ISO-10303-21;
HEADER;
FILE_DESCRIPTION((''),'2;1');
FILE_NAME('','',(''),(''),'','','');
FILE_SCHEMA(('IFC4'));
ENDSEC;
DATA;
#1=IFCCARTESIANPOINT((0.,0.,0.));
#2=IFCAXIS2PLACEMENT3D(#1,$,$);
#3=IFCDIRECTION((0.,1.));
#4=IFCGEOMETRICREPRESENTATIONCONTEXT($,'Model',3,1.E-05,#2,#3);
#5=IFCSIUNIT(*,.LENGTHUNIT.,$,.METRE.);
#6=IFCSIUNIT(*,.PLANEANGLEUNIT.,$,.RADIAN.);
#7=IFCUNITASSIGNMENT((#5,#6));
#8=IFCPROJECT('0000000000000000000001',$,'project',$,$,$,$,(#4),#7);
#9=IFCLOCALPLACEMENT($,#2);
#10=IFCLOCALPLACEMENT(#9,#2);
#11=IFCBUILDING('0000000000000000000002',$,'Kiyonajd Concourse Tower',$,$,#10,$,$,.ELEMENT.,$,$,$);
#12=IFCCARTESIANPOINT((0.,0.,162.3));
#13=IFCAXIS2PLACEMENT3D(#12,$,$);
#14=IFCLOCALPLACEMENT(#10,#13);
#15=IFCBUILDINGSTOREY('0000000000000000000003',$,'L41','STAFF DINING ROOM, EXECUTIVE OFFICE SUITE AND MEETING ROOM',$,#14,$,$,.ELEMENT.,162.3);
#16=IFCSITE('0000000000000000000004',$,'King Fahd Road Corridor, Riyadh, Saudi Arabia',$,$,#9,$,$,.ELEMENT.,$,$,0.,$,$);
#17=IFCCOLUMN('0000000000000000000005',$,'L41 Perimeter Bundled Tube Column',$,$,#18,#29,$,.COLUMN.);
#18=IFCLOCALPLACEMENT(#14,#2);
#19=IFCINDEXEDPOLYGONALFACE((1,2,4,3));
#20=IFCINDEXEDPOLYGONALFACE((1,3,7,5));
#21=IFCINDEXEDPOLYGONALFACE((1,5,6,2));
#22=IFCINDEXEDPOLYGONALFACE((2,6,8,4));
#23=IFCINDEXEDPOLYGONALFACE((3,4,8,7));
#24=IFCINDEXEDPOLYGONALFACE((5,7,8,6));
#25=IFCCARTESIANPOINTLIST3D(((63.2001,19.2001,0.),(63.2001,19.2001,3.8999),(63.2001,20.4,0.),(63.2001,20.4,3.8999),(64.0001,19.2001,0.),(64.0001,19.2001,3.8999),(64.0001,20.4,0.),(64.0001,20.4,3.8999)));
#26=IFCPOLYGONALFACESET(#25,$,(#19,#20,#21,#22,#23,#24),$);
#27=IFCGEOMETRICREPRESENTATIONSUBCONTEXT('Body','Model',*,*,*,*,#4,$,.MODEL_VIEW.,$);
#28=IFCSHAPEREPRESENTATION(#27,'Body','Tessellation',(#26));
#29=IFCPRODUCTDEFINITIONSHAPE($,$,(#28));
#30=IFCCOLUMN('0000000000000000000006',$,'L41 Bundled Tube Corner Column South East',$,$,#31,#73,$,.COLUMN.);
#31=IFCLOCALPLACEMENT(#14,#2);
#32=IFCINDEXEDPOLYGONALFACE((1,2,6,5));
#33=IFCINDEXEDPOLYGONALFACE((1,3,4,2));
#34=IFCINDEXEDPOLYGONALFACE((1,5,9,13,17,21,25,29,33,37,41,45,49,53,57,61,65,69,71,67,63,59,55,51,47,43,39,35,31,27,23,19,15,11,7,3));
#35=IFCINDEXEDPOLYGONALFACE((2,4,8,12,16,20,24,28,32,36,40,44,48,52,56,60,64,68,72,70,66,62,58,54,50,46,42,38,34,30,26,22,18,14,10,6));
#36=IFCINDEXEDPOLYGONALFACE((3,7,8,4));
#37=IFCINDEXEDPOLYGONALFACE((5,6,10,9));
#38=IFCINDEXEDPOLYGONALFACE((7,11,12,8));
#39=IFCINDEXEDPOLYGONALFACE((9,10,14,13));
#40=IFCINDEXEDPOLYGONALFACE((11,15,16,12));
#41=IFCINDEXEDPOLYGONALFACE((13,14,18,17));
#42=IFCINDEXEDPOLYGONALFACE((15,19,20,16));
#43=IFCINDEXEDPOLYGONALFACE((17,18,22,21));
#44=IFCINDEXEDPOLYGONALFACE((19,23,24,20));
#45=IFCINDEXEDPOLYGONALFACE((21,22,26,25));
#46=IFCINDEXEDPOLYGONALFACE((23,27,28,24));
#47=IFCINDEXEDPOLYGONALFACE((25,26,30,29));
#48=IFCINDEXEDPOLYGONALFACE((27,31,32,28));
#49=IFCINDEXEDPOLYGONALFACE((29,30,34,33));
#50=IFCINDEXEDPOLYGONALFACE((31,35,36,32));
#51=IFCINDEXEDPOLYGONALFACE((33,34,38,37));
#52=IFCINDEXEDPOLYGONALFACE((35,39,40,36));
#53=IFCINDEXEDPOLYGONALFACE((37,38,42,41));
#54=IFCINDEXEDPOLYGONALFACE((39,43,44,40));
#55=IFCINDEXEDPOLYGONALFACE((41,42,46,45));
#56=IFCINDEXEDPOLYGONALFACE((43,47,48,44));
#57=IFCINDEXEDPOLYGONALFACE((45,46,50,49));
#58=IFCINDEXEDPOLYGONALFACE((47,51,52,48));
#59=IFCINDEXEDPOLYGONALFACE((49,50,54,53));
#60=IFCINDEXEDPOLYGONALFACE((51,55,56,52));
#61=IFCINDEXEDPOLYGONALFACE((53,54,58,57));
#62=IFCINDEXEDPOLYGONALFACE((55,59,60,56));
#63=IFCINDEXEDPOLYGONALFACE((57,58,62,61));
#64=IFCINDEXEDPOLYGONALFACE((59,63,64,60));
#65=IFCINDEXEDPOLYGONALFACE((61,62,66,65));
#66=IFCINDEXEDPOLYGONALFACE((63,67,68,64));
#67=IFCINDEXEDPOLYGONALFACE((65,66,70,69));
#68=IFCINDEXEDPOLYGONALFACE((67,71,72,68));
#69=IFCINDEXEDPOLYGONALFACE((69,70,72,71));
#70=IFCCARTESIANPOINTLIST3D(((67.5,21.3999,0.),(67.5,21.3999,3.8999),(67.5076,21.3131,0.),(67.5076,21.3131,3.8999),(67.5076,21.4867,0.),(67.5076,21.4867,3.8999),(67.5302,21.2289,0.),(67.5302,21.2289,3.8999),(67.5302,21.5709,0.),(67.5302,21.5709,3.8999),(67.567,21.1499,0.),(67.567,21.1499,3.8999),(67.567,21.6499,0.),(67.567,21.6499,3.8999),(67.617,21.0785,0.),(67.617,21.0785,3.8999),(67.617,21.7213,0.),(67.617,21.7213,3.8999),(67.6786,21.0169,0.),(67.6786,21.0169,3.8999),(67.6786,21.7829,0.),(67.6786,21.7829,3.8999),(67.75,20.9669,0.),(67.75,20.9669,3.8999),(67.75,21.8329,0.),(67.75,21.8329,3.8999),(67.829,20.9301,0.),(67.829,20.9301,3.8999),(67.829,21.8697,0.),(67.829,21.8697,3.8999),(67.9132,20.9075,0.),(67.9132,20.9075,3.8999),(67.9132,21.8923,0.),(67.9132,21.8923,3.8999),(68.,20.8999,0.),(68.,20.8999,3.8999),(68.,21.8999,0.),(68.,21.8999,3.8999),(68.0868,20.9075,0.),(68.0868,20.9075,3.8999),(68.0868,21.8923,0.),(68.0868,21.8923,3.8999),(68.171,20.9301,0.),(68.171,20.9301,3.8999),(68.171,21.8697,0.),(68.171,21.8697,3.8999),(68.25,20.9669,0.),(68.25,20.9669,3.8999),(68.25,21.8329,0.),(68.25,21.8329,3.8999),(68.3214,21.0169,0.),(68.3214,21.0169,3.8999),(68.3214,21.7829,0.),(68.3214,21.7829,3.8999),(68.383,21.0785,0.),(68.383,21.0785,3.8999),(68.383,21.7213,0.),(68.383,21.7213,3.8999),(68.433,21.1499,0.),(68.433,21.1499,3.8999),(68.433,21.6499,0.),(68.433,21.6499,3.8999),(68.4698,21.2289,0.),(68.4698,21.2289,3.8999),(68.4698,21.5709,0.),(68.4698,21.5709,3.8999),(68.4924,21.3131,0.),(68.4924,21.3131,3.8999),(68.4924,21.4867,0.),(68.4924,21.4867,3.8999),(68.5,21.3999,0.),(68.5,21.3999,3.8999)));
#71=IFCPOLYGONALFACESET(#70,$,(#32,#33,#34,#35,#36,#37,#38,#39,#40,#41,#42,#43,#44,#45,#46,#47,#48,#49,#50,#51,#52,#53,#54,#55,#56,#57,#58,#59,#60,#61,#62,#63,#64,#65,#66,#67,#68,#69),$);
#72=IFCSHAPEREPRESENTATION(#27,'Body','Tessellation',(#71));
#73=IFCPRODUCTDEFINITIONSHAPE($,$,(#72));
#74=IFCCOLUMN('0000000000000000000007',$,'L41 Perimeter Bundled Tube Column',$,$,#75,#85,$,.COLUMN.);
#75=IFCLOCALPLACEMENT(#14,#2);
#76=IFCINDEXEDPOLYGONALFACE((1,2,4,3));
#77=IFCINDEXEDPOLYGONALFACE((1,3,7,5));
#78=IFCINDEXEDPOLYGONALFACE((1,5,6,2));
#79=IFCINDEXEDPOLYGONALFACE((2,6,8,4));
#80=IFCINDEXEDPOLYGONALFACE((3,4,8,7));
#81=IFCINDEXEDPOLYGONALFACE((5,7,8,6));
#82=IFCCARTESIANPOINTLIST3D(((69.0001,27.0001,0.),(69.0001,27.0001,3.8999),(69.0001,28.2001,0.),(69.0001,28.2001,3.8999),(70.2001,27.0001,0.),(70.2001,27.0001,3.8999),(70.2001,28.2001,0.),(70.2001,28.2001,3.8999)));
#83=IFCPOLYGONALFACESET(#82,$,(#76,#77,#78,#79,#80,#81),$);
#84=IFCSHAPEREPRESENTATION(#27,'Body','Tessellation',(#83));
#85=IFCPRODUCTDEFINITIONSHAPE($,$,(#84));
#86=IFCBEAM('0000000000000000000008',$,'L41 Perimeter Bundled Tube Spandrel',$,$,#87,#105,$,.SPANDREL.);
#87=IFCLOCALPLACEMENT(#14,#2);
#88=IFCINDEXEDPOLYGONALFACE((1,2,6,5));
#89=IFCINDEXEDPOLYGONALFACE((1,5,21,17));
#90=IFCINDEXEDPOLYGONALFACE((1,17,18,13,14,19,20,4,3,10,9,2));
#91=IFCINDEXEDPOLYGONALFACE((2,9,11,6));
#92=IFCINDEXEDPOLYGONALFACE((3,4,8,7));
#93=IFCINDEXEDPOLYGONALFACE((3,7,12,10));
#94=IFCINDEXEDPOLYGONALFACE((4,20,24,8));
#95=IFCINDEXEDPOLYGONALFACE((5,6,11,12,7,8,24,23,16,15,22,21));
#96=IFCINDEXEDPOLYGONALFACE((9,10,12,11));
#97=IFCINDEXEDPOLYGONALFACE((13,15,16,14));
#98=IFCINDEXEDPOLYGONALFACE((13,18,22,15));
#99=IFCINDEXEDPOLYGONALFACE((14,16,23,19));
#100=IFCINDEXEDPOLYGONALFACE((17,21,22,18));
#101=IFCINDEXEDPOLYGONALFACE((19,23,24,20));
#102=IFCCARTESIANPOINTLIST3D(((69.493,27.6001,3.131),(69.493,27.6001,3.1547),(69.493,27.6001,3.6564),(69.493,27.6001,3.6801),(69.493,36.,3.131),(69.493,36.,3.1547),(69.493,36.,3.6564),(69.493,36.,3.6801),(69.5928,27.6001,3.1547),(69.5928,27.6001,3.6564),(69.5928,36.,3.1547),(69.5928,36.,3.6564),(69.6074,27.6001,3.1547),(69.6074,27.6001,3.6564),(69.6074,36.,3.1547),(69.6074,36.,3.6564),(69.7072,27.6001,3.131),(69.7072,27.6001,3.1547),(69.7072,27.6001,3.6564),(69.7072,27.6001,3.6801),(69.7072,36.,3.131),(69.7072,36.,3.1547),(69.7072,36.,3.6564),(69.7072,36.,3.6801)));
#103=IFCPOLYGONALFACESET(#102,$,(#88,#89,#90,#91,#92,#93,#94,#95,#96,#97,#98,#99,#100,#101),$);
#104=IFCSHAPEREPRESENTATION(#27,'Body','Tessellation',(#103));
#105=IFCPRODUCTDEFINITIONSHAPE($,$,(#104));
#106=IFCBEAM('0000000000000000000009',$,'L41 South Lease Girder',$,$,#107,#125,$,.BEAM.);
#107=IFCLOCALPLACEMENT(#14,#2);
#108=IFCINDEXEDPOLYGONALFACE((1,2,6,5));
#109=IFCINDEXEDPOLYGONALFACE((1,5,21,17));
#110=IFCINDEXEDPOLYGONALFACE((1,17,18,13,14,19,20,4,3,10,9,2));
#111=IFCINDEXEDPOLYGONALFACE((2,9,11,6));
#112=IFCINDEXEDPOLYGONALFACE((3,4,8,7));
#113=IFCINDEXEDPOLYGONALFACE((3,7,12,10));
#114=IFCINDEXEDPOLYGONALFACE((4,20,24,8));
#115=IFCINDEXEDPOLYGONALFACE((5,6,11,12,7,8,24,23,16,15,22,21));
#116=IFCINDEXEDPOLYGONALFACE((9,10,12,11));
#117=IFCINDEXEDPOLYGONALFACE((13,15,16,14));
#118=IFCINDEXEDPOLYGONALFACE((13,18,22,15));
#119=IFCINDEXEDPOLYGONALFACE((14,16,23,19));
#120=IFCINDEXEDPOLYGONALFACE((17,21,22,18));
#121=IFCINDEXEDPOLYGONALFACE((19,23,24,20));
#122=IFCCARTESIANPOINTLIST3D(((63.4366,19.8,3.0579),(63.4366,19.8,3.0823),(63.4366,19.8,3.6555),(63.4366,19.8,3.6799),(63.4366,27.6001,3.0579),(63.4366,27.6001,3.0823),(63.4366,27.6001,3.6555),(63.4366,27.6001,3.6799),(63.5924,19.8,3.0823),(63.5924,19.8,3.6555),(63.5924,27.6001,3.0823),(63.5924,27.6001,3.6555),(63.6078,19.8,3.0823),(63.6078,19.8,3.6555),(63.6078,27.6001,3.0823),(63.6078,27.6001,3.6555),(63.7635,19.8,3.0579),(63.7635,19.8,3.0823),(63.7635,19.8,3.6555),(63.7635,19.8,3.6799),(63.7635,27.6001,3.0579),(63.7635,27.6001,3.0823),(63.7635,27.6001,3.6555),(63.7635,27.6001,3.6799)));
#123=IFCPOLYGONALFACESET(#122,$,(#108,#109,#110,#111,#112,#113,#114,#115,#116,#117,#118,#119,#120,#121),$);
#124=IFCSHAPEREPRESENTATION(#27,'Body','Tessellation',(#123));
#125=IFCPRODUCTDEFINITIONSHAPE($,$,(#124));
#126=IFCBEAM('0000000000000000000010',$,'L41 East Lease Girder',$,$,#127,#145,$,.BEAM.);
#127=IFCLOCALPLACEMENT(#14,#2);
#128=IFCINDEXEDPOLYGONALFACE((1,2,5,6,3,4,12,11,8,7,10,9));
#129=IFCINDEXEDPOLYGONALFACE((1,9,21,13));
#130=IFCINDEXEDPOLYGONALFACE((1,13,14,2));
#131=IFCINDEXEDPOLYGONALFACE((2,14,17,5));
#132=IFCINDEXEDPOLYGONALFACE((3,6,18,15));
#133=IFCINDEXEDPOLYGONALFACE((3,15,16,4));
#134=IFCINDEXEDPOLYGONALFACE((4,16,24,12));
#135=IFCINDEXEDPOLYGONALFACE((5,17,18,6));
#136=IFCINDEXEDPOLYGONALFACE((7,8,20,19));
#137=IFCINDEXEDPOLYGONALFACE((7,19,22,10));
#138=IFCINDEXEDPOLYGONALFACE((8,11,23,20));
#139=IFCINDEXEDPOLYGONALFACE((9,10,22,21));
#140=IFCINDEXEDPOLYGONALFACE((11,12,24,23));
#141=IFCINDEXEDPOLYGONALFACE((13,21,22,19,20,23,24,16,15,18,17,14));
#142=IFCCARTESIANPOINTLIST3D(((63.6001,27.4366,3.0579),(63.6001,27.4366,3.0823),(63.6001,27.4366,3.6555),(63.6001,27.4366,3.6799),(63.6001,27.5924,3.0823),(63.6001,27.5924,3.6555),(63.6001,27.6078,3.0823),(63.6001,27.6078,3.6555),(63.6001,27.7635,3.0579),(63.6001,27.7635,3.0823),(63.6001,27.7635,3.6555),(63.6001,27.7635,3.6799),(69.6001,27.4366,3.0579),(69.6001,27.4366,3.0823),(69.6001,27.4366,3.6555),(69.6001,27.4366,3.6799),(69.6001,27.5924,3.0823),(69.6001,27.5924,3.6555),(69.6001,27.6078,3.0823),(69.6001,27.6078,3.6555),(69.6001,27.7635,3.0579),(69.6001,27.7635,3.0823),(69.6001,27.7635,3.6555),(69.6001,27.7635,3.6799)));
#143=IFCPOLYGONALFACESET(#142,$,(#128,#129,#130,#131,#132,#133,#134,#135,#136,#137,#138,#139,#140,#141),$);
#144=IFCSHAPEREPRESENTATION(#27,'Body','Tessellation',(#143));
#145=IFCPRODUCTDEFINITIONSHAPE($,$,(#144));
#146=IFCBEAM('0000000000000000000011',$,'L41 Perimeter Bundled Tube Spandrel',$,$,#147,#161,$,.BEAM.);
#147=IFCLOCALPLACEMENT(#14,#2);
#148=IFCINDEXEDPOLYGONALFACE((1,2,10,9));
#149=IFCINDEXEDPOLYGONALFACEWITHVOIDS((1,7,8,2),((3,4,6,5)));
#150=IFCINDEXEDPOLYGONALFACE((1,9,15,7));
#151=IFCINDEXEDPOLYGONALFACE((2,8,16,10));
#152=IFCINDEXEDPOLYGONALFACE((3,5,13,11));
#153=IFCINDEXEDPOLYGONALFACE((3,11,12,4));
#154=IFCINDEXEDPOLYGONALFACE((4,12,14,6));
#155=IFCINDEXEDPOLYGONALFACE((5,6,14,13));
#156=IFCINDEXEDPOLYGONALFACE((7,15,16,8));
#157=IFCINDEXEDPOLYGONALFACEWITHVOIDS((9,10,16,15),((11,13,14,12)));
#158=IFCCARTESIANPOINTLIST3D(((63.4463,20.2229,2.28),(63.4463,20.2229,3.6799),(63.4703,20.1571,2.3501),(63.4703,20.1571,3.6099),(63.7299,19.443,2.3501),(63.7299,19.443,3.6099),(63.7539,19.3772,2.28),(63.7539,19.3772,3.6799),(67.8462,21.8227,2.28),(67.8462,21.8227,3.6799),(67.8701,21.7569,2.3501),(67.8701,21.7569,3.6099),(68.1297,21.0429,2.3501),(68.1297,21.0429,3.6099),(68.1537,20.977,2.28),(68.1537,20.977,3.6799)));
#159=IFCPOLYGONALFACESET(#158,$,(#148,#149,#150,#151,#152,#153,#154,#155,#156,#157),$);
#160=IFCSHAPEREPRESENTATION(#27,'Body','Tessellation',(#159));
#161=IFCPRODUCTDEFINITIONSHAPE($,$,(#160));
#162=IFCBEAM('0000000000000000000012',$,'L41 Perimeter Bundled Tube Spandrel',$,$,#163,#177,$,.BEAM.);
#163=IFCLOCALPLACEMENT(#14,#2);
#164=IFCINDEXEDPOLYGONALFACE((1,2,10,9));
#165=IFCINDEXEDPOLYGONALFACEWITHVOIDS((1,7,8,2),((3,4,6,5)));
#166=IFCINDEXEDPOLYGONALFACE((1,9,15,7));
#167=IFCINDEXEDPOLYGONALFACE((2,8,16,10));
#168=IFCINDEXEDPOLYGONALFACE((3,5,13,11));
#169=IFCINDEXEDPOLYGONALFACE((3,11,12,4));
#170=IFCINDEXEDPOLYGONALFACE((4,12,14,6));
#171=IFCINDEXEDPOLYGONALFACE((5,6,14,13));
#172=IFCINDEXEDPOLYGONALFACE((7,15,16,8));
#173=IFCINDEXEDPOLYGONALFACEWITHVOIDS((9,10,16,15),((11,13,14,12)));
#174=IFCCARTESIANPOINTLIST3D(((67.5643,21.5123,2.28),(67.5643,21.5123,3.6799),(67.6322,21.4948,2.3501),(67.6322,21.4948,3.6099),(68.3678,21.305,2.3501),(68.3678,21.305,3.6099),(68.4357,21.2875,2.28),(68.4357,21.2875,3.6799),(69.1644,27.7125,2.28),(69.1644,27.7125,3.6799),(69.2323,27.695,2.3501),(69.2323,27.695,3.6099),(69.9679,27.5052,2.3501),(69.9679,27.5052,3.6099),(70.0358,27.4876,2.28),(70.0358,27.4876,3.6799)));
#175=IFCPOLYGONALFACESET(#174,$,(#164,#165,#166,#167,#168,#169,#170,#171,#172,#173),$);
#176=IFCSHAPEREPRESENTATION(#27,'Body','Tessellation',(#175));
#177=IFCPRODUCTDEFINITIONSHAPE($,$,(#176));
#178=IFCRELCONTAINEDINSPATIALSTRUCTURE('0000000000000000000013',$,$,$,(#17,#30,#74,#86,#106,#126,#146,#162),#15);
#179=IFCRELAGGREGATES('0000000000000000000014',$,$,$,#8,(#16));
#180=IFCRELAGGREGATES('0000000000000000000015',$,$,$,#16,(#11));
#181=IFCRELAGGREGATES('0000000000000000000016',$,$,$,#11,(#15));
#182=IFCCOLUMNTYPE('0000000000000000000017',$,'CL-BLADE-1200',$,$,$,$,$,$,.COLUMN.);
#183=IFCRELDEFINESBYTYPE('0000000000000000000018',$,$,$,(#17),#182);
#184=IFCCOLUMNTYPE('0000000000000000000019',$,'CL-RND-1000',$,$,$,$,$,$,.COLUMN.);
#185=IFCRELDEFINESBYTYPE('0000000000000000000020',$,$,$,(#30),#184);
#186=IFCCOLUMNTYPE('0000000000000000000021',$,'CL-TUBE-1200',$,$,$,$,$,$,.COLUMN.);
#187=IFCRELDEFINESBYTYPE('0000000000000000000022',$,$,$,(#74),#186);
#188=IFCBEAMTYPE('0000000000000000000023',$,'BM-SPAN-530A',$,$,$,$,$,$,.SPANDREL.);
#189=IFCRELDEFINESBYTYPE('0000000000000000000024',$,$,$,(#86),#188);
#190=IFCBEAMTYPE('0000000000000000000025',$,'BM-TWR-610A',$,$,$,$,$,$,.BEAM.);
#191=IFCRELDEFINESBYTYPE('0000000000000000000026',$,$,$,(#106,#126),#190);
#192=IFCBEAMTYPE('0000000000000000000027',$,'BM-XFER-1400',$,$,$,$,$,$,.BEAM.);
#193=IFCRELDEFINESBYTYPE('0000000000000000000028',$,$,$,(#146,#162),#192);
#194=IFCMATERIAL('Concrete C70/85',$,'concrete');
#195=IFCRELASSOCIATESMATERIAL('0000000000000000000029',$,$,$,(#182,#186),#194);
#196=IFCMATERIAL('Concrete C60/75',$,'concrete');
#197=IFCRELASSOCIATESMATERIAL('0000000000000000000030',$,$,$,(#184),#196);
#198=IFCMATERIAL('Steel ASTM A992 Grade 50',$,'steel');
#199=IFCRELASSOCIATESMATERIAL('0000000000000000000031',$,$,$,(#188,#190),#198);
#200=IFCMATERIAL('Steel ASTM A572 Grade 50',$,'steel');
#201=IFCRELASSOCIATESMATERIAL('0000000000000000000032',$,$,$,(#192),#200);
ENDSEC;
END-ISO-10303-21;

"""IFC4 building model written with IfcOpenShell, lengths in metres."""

from ifc_helpers import new_model, si_unit, direction, frame, origin, origin_2d, place, context, subcontext, project, spatial, rectangle, hollow_rectangle, circle, i_section, extrude, material, material_profile, profile_set, type_object, element, save


model = new_model("IFC4")

# Units and contexts
model_context = context("Model", 3, precision=1e-05, world=origin(), true_north=direction((0.0, 1.0)))
body_context = subcontext(model_context, "Body", "Model", "MODEL_VIEW")
ifc_project = project(units=[si_unit("LENGTHUNIT", "METRE"), si_unit("PLANEANGLEUNIT", "RADIAN")], contexts=[model_context])

# Site, building, storey
site_placement = place(None, origin())
site = spatial("IfcSite", under=ifc_project, at=site_placement, Name="King Fahd Road Corridor, Riyadh, Saudi Arabia", CompositionType="ELEMENT", RefElevation=0.0)
building_placement = place(site_placement, origin())
building = spatial("IfcBuilding", under=site, at=building_placement, Name="Kiyonajd Concourse Tower", CompositionType="ELEMENT")
storey_placement = place(building_placement, frame((0.0, 0.0, 162.3)))
storey = spatial("IfcBuildingStorey", under=building, at=storey_placement, Name="L41", Description="STAFF DINING ROOM, EXECUTIVE OFFICE SUITE AND MEETING ROOM", CompositionType="ELEMENT", Elevation=162.3)

# Columns
ifc_material_1 = material(Name="Concrete C70/85", Category="concrete")
ifc_material_profile_1 = material_profile(ifc_material_1, rectangle(XDim=0.8, YDim=1.2, at=origin_2d()), Name="RC-1200x800")
ifc_profile_set_1 = profile_set([ifc_material_profile_1], Name="Concrete C70/85")
column_type_1 = type_object("IfcColumnType", Name="CL-BLADE-1200", PredefinedType="COLUMN", material=ifc_profile_set_1)
column_1_placement = place(storey_placement, frame((63.6001, 19.8, 0.0), z_axis=(0.0, 0.0, 1.0), x_axis=(1.0, 0.0, 0.0)))
element("IfcColumn", 1, at=column_1_placement, inside=storey, type_object=column_type_1, Name="L41 Perimeter Bundled Tube Column", PredefinedType="COLUMN", context=body_context, shape_type="SweptSolid", body=[
    extrude(rectangle(XDim=0.8, YDim=1.2, at=origin_2d()), origin(), (0.0, 0.0, 1.0), 3.8999),
])
ifc_material_2 = material(Name="Concrete C60/75", Category="concrete")
ifc_material_profile_2 = material_profile(ifc_material_2, circle(Radius=0.5, at=origin_2d()), Name="RCC-D1000")
ifc_profile_set_2 = profile_set([ifc_material_profile_2], Name="Concrete C60/75")
column_type_2 = type_object("IfcColumnType", Name="CL-RND-1000", PredefinedType="COLUMN", material=ifc_profile_set_2)
column_2_placement = place(storey_placement, frame((68.0, 21.3999, 0.0), z_axis=(0.0, 0.0, 1.0), x_axis=(1.0, 0.0, 0.0)))
element("IfcColumn", 2, at=column_2_placement, inside=storey, type_object=column_type_2, Name="L41 Bundled Tube Corner Column South East", PredefinedType="COLUMN", context=body_context, shape_type="SweptSolid", body=[
    extrude(circle(Radius=0.5, at=origin_2d()), origin(), (0.0, 0.0, 1.0), 3.8999),
])
ifc_material_profile_3 = material_profile(ifc_material_1, rectangle(XDim=1.2, YDim=1.2, at=origin_2d()), Name="RC-1200x1200")
ifc_profile_set_3 = profile_set([ifc_material_profile_3], Name="Concrete C70/85")
column_type_3 = type_object("IfcColumnType", Name="CL-TUBE-1200", PredefinedType="COLUMN", material=ifc_profile_set_3)
column_3_placement = place(storey_placement, frame((69.6001, 27.6001, 0.0), z_axis=(0.0, 0.0, 1.0), x_axis=(1.0, 0.0, 0.0)))
element("IfcColumn", 3, at=column_3_placement, inside=storey, type_object=column_type_3, Name="L41 Perimeter Bundled Tube Column", PredefinedType="COLUMN", context=body_context, shape_type="SweptSolid", body=[
    extrude(rectangle(XDim=1.2, YDim=1.2, at=origin_2d()), origin(), (0.0, 0.0, 1.0), 3.8999),
])

# Beams
ifc_material_3 = material(Name="Steel ASTM A992 Grade 50", Category="steel")
ifc_material_profile_4 = material_profile(ifc_material_3, i_section(OverallWidth=0.2141, OverallDepth=0.5491, WebThickness=0.0146, FlangeThickness=0.0237, at=origin_2d()), Name="W530X138")
ifc_profile_set_4 = profile_set([ifc_material_profile_4], Name="Steel ASTM A992 Grade 50")
beam_type_1 = type_object("IfcBeamType", Name="BM-SPAN-530A", PredefinedType="SPANDREL", material=ifc_profile_set_4)
beam_1_placement = place(storey_placement, frame((69.6001, 27.6001, 3.4055), z_axis=(0.0, 1.0, 0.0), x_axis=(-1.0, 0.0, 0.0)))
element("IfcBeam", 4, at=beam_1_placement, inside=storey, type_object=beam_type_1, Name="L41 Perimeter Bundled Tube Spandrel", PredefinedType="SPANDREL", context=body_context, shape_type="SweptSolid", body=[
    extrude(i_section(OverallWidth=0.2141, OverallDepth=0.5491, WebThickness=0.0146, FlangeThickness=0.0237, at=origin_2d()), origin(), (0.0, 0.0, 1.0), 8.3999),
])
ifc_material_profile_5 = material_profile(ifc_material_3, i_section(OverallWidth=0.3269, OverallDepth=0.6221, WebThickness=0.0154, FlangeThickness=0.0244, at=origin_2d()), Name="W610X195")
ifc_profile_set_5 = profile_set([ifc_material_profile_5], Name="Steel ASTM A992 Grade 50")
beam_type_2 = type_object("IfcBeamType", Name="BM-TWR-610A", PredefinedType="BEAM", material=ifc_profile_set_5)
beam_2_placement = place(storey_placement, frame((63.6001, 19.8, 3.3689), z_axis=(0.0, 1.0, 0.0), x_axis=(-1.0, 0.0, 0.0)))
element("IfcBeam", 5, at=beam_2_placement, inside=storey, type_object=beam_type_2, Name="L41 South Lease Girder", PredefinedType="BEAM", context=body_context, shape_type="SweptSolid", body=[
    extrude(i_section(OverallWidth=0.3269, OverallDepth=0.6221, WebThickness=0.0154, FlangeThickness=0.0244, at=origin_2d()), origin(), (0.0, 0.0, 1.0), 7.8),
])
beam_3_placement = place(storey_placement, frame((63.6001, 27.6001, 3.3689), z_axis=(1.0, 0.0, 0.0), x_axis=(0.0, 1.0, 0.0)))
element("IfcBeam", 6, at=beam_3_placement, inside=storey, type_object=beam_type_2, Name="L41 East Lease Girder", PredefinedType="BEAM", context=body_context, shape_type="SweptSolid", body=[
    extrude(i_section(OverallWidth=0.3269, OverallDepth=0.6221, WebThickness=0.0154, FlangeThickness=0.0244, at=origin_2d()), origin(), (0.0, 0.0, 1.0), 6.0),
])
ifc_material_4 = material(Name="Steel ASTM A572 Grade 50", Category="steel")
ifc_material_profile_6 = material_profile(ifc_material_4, hollow_rectangle(XDim=0.8999, YDim=1.3999, WallThickness=0.0701, at=origin_2d()), Name="BOX-1400x900x70")
ifc_profile_set_6 = profile_set([ifc_material_profile_6], Name="Steel ASTM A572 Grade 50")
beam_type_3 = type_object("IfcBeamType", Name="BM-XFER-1400", PredefinedType="BEAM", material=ifc_profile_set_6)
beam_4_placement = place(storey_placement, frame((63.6001, 19.8, 2.98), z_axis=(0.939801, 0.341722, 0.0), x_axis=(-0.341722, 0.939801, 0.0)))
element("IfcBeam", 7, at=beam_4_placement, inside=storey, type_object=beam_type_3, Name="L41 Perimeter Bundled Tube Spandrel", PredefinedType="BEAM", context=body_context, shape_type="SweptSolid", body=[
    extrude(hollow_rectangle(XDim=0.8999, YDim=1.3999, WallThickness=0.0701, at=origin_2d()), origin(), (0.0, 0.0, 1.0), 4.6816),
])
beam_5_placement = place(storey_placement, frame((68.0, 21.3999, 2.98), z_axis=(0.249885, 0.968276, 0.0), x_axis=(-0.968276, 0.249885, 0.0)))
element("IfcBeam", 8, at=beam_5_placement, inside=storey, type_object=beam_type_3, Name="L41 Perimeter Bundled Tube Spandrel", PredefinedType="BEAM", context=body_context, shape_type="SweptSolid", body=[
    extrude(hollow_rectangle(XDim=0.8999, YDim=1.3999, WallThickness=0.0701, at=origin_2d()), origin(), (0.0, 0.0, 1.0), 6.4033),
])

save(model, "model.ifc")
